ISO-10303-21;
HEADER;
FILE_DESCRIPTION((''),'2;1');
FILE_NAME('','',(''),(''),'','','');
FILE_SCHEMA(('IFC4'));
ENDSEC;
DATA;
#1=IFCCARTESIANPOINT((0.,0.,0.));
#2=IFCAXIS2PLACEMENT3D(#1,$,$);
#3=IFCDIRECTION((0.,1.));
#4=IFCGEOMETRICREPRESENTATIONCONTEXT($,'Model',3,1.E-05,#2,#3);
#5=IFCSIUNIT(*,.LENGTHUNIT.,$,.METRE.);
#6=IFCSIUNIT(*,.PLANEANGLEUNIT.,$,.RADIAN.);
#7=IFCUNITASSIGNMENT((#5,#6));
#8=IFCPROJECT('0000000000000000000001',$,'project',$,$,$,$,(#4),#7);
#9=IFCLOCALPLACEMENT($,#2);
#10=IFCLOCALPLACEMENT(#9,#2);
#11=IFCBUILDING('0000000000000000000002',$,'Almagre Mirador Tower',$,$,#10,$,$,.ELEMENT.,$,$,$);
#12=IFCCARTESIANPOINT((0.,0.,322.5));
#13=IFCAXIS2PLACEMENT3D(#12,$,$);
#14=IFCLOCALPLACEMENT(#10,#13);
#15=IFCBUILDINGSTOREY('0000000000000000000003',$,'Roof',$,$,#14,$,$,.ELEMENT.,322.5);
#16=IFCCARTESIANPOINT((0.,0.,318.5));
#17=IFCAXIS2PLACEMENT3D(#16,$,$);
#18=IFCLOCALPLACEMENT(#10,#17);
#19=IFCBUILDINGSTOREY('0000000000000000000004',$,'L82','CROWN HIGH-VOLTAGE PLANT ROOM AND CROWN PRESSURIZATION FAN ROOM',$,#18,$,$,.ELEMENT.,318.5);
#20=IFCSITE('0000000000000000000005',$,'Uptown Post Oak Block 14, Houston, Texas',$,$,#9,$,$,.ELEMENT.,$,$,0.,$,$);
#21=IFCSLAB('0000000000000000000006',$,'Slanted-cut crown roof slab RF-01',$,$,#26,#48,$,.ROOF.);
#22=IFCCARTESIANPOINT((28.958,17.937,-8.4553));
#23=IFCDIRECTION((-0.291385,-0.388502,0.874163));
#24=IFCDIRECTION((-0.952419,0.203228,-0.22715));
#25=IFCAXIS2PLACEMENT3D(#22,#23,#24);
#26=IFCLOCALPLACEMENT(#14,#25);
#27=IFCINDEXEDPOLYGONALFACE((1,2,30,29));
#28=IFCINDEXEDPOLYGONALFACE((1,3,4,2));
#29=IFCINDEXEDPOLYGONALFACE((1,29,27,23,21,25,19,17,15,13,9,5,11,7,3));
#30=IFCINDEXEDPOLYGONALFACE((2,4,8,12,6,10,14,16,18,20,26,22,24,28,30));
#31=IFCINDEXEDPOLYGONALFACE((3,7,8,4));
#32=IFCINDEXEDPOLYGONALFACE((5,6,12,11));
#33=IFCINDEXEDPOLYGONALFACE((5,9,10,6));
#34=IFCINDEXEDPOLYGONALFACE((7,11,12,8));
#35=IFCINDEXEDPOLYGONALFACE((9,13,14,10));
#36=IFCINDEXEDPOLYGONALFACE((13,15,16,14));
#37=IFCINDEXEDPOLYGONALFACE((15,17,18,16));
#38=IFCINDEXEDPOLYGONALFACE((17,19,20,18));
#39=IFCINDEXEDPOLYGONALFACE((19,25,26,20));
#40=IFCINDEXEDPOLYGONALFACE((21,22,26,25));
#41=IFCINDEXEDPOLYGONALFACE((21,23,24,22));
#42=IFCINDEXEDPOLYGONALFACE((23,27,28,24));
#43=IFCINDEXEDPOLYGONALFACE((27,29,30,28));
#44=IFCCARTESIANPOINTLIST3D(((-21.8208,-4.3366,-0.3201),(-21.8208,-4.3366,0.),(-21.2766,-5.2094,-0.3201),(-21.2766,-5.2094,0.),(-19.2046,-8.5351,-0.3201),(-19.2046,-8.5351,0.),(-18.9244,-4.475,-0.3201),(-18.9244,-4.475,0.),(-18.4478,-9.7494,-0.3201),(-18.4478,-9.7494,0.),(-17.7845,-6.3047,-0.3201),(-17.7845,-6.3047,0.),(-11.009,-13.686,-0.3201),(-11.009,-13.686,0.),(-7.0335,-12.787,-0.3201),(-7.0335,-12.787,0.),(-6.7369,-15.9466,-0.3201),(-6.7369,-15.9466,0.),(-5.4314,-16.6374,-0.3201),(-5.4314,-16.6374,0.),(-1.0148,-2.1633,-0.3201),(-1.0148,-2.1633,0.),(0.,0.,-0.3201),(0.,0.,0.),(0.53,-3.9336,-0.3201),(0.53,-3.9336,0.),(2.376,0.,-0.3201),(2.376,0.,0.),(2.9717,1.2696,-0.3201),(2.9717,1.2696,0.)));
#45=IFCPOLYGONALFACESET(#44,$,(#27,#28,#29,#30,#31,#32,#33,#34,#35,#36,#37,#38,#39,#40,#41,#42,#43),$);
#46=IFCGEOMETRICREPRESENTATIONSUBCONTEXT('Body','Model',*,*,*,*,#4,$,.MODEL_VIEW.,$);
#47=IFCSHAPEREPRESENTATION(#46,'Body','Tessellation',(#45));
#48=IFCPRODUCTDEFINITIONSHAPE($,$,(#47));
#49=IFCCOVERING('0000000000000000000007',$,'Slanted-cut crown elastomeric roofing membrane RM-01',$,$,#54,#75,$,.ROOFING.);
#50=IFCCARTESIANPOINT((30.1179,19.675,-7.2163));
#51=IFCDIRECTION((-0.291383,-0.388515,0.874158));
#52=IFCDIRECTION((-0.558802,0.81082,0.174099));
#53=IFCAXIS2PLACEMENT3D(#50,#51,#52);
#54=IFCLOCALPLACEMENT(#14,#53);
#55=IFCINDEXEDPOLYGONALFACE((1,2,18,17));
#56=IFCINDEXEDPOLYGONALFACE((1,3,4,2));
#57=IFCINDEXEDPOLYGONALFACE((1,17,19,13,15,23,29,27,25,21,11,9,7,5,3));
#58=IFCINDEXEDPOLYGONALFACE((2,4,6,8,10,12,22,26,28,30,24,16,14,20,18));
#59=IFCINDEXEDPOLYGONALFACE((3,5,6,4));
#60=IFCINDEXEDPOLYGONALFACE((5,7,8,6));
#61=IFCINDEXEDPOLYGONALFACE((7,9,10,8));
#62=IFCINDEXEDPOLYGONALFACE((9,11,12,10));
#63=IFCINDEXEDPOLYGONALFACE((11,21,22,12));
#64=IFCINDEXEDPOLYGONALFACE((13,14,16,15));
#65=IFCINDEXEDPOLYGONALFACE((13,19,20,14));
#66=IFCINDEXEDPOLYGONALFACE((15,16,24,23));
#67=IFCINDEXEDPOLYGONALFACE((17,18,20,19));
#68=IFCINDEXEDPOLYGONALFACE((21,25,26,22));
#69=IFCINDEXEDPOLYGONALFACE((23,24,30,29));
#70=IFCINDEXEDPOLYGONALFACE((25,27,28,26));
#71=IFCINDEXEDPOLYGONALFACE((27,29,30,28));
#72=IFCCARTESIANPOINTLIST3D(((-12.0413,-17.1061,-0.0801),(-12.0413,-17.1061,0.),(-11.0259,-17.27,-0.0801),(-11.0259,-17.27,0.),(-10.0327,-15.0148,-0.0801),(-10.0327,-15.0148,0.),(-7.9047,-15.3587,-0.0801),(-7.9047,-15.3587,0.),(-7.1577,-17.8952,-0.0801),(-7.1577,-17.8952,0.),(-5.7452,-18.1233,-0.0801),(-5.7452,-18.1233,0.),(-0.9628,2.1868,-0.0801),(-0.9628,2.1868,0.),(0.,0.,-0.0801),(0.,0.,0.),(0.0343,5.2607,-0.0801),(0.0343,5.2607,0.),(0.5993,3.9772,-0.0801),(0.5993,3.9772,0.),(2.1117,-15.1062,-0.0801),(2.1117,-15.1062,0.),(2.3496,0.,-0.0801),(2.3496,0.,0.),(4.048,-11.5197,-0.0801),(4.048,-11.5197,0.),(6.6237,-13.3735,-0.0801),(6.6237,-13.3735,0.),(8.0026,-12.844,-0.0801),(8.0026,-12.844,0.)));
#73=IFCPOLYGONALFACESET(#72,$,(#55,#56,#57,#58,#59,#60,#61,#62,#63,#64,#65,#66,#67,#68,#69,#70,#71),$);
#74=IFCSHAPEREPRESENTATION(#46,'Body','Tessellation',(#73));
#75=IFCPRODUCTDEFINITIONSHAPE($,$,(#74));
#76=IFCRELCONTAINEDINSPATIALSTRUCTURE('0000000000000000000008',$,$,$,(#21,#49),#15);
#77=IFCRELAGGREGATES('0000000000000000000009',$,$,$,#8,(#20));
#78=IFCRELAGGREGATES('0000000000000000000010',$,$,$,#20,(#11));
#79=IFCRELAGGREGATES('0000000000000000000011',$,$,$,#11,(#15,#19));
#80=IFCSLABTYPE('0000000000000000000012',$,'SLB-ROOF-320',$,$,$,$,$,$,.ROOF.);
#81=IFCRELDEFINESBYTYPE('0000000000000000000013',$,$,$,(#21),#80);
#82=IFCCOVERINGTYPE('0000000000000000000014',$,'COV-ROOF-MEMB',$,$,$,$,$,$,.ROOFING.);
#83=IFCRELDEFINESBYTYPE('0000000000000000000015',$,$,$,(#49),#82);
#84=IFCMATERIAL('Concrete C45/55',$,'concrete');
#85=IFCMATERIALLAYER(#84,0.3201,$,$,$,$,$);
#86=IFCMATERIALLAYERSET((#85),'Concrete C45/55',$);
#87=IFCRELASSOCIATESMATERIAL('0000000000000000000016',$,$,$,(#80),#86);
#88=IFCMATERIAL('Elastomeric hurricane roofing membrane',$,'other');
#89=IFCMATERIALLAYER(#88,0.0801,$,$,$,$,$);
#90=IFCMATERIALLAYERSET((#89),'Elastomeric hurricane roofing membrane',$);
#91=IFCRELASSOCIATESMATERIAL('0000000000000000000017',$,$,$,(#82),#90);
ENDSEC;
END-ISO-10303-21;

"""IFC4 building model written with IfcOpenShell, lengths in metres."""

from ifc_helpers import new_model, si_unit, direction, frame, origin, place, context, subcontext, project, spatial, polyline, outline, extrude, material, layer, layer_set, type_object, element, save


model = new_model("IFC4")

# Units and contexts
model_context = context("Model", 3, precision=1e-05, world=origin(), true_north=direction((0.0, 1.0)))
body_context = subcontext(model_context, "Body", "Model", "MODEL_VIEW")
ifc_project = project(units=[si_unit("LENGTHUNIT", "METRE"), si_unit("PLANEANGLEUNIT", "RADIAN")], contexts=[model_context])

# Site, building, storey
site_placement = place(None, origin())
site = spatial("IfcSite", under=ifc_project, at=site_placement, Name="Uptown Post Oak Block 14, Houston, Texas", CompositionType="ELEMENT", RefElevation=0.0)
building_placement = place(site_placement, origin())
building = spatial("IfcBuilding", under=site, at=building_placement, Name="Almagre Mirador Tower", CompositionType="ELEMENT")
storey_1_placement = place(building_placement, frame((0.0, 0.0, 322.5)))
storey_1 = spatial("IfcBuildingStorey", under=building, at=storey_1_placement, Name="Roof", CompositionType="ELEMENT", Elevation=322.5)

# Slab
ifc_material_1 = material(Name="Concrete C45/55", Category="concrete")
ifc_layer_1 = layer(ifc_material_1, 0.3201)
ifc_layer_set_1 = layer_set([ifc_layer_1], Name="Concrete C45/55")
slab_type = type_object("IfcSlabType", Name="SLB-ROOF-320", PredefinedType="ROOF", material=ifc_layer_set_1)
slab_1_placement = place(storey_1_placement, frame((28.958, 17.937, -8.4553), z_axis=(-0.291385, -0.388502, 0.874163), x_axis=(-0.952419, 0.203228, -0.22715)))
element("IfcSlab", 1, at=slab_1_placement, inside=storey_1, type_object=slab_type, Name="Slanted-cut crown roof slab RF-01", PredefinedType="ROOF", context=body_context, shape_type="SweptSolid", body=[
    extrude(outline(polyline([(0.0, 0.0), (2.376, 0.0), (2.9717, 1.2696), (-21.8208, -4.3366), (-21.2766, -5.2094), (-18.9244, -4.475), (-17.7845, -6.3047), (-19.2046, -8.5351), (-18.4478, -9.7494), (-11.009, -13.686), (-7.0335, -12.787), (-6.7369, -15.9466), (-5.4314, -16.6374), (0.53, -3.9336), (-1.0148, -2.1633), (0.0, 0.0)])), origin(), (0.0, 0.0, -1.0), 0.3201),
])

# Shared definitions
storey_2_placement = place(building_placement, frame((0.0, 0.0, 318.5)))
storey_2 = spatial("IfcBuildingStorey", under=building, at=storey_2_placement, Name="L82", Description="CROWN HIGH-VOLTAGE PLANT ROOM AND CROWN PRESSURIZATION FAN ROOM", CompositionType="ELEMENT", Elevation=318.5)

# Covering
ifc_material_2 = material(Name="Elastomeric hurricane roofing membrane", Category="other")
ifc_layer_2 = layer(ifc_material_2, 0.0801)
ifc_layer_set_2 = layer_set([ifc_layer_2], Name="Elastomeric hurricane roofing membrane")
covering_type = type_object("IfcCoveringType", Name="COV-ROOF-MEMB", PredefinedType="ROOFING", material=ifc_layer_set_2)
covering_1_placement = place(storey_1_placement, frame((30.1179, 19.675, -7.2163), z_axis=(-0.291383, -0.388515, 0.874158), x_axis=(-0.558802, 0.81082, 0.174099)))
element("IfcCovering", 2, at=covering_1_placement, inside=storey_1, type_object=covering_type, Name="Slanted-cut crown elastomeric roofing membrane RM-01", PredefinedType="ROOFING", context=body_context, shape_type="SweptSolid", body=[
    extrude(outline(polyline([(0.0, 0.0), (2.3496, 0.0), (8.0026, -12.844), (6.6237, -13.3735), (4.048, -11.5197), (2.1117, -15.1062), (-5.7452, -18.1233), (-7.1577, -17.8952), (-7.9047, -15.3587), (-10.0327, -15.0148), (-11.0259, -17.27), (-12.0413, -17.1061), (0.0343, 5.2607), (0.5993, 3.9772), (-0.9628, 2.1868), (0.0, 0.0)])), origin(), (0.0, 0.0, -1.0), 0.0801),
])

save(model, "model.ifc")
